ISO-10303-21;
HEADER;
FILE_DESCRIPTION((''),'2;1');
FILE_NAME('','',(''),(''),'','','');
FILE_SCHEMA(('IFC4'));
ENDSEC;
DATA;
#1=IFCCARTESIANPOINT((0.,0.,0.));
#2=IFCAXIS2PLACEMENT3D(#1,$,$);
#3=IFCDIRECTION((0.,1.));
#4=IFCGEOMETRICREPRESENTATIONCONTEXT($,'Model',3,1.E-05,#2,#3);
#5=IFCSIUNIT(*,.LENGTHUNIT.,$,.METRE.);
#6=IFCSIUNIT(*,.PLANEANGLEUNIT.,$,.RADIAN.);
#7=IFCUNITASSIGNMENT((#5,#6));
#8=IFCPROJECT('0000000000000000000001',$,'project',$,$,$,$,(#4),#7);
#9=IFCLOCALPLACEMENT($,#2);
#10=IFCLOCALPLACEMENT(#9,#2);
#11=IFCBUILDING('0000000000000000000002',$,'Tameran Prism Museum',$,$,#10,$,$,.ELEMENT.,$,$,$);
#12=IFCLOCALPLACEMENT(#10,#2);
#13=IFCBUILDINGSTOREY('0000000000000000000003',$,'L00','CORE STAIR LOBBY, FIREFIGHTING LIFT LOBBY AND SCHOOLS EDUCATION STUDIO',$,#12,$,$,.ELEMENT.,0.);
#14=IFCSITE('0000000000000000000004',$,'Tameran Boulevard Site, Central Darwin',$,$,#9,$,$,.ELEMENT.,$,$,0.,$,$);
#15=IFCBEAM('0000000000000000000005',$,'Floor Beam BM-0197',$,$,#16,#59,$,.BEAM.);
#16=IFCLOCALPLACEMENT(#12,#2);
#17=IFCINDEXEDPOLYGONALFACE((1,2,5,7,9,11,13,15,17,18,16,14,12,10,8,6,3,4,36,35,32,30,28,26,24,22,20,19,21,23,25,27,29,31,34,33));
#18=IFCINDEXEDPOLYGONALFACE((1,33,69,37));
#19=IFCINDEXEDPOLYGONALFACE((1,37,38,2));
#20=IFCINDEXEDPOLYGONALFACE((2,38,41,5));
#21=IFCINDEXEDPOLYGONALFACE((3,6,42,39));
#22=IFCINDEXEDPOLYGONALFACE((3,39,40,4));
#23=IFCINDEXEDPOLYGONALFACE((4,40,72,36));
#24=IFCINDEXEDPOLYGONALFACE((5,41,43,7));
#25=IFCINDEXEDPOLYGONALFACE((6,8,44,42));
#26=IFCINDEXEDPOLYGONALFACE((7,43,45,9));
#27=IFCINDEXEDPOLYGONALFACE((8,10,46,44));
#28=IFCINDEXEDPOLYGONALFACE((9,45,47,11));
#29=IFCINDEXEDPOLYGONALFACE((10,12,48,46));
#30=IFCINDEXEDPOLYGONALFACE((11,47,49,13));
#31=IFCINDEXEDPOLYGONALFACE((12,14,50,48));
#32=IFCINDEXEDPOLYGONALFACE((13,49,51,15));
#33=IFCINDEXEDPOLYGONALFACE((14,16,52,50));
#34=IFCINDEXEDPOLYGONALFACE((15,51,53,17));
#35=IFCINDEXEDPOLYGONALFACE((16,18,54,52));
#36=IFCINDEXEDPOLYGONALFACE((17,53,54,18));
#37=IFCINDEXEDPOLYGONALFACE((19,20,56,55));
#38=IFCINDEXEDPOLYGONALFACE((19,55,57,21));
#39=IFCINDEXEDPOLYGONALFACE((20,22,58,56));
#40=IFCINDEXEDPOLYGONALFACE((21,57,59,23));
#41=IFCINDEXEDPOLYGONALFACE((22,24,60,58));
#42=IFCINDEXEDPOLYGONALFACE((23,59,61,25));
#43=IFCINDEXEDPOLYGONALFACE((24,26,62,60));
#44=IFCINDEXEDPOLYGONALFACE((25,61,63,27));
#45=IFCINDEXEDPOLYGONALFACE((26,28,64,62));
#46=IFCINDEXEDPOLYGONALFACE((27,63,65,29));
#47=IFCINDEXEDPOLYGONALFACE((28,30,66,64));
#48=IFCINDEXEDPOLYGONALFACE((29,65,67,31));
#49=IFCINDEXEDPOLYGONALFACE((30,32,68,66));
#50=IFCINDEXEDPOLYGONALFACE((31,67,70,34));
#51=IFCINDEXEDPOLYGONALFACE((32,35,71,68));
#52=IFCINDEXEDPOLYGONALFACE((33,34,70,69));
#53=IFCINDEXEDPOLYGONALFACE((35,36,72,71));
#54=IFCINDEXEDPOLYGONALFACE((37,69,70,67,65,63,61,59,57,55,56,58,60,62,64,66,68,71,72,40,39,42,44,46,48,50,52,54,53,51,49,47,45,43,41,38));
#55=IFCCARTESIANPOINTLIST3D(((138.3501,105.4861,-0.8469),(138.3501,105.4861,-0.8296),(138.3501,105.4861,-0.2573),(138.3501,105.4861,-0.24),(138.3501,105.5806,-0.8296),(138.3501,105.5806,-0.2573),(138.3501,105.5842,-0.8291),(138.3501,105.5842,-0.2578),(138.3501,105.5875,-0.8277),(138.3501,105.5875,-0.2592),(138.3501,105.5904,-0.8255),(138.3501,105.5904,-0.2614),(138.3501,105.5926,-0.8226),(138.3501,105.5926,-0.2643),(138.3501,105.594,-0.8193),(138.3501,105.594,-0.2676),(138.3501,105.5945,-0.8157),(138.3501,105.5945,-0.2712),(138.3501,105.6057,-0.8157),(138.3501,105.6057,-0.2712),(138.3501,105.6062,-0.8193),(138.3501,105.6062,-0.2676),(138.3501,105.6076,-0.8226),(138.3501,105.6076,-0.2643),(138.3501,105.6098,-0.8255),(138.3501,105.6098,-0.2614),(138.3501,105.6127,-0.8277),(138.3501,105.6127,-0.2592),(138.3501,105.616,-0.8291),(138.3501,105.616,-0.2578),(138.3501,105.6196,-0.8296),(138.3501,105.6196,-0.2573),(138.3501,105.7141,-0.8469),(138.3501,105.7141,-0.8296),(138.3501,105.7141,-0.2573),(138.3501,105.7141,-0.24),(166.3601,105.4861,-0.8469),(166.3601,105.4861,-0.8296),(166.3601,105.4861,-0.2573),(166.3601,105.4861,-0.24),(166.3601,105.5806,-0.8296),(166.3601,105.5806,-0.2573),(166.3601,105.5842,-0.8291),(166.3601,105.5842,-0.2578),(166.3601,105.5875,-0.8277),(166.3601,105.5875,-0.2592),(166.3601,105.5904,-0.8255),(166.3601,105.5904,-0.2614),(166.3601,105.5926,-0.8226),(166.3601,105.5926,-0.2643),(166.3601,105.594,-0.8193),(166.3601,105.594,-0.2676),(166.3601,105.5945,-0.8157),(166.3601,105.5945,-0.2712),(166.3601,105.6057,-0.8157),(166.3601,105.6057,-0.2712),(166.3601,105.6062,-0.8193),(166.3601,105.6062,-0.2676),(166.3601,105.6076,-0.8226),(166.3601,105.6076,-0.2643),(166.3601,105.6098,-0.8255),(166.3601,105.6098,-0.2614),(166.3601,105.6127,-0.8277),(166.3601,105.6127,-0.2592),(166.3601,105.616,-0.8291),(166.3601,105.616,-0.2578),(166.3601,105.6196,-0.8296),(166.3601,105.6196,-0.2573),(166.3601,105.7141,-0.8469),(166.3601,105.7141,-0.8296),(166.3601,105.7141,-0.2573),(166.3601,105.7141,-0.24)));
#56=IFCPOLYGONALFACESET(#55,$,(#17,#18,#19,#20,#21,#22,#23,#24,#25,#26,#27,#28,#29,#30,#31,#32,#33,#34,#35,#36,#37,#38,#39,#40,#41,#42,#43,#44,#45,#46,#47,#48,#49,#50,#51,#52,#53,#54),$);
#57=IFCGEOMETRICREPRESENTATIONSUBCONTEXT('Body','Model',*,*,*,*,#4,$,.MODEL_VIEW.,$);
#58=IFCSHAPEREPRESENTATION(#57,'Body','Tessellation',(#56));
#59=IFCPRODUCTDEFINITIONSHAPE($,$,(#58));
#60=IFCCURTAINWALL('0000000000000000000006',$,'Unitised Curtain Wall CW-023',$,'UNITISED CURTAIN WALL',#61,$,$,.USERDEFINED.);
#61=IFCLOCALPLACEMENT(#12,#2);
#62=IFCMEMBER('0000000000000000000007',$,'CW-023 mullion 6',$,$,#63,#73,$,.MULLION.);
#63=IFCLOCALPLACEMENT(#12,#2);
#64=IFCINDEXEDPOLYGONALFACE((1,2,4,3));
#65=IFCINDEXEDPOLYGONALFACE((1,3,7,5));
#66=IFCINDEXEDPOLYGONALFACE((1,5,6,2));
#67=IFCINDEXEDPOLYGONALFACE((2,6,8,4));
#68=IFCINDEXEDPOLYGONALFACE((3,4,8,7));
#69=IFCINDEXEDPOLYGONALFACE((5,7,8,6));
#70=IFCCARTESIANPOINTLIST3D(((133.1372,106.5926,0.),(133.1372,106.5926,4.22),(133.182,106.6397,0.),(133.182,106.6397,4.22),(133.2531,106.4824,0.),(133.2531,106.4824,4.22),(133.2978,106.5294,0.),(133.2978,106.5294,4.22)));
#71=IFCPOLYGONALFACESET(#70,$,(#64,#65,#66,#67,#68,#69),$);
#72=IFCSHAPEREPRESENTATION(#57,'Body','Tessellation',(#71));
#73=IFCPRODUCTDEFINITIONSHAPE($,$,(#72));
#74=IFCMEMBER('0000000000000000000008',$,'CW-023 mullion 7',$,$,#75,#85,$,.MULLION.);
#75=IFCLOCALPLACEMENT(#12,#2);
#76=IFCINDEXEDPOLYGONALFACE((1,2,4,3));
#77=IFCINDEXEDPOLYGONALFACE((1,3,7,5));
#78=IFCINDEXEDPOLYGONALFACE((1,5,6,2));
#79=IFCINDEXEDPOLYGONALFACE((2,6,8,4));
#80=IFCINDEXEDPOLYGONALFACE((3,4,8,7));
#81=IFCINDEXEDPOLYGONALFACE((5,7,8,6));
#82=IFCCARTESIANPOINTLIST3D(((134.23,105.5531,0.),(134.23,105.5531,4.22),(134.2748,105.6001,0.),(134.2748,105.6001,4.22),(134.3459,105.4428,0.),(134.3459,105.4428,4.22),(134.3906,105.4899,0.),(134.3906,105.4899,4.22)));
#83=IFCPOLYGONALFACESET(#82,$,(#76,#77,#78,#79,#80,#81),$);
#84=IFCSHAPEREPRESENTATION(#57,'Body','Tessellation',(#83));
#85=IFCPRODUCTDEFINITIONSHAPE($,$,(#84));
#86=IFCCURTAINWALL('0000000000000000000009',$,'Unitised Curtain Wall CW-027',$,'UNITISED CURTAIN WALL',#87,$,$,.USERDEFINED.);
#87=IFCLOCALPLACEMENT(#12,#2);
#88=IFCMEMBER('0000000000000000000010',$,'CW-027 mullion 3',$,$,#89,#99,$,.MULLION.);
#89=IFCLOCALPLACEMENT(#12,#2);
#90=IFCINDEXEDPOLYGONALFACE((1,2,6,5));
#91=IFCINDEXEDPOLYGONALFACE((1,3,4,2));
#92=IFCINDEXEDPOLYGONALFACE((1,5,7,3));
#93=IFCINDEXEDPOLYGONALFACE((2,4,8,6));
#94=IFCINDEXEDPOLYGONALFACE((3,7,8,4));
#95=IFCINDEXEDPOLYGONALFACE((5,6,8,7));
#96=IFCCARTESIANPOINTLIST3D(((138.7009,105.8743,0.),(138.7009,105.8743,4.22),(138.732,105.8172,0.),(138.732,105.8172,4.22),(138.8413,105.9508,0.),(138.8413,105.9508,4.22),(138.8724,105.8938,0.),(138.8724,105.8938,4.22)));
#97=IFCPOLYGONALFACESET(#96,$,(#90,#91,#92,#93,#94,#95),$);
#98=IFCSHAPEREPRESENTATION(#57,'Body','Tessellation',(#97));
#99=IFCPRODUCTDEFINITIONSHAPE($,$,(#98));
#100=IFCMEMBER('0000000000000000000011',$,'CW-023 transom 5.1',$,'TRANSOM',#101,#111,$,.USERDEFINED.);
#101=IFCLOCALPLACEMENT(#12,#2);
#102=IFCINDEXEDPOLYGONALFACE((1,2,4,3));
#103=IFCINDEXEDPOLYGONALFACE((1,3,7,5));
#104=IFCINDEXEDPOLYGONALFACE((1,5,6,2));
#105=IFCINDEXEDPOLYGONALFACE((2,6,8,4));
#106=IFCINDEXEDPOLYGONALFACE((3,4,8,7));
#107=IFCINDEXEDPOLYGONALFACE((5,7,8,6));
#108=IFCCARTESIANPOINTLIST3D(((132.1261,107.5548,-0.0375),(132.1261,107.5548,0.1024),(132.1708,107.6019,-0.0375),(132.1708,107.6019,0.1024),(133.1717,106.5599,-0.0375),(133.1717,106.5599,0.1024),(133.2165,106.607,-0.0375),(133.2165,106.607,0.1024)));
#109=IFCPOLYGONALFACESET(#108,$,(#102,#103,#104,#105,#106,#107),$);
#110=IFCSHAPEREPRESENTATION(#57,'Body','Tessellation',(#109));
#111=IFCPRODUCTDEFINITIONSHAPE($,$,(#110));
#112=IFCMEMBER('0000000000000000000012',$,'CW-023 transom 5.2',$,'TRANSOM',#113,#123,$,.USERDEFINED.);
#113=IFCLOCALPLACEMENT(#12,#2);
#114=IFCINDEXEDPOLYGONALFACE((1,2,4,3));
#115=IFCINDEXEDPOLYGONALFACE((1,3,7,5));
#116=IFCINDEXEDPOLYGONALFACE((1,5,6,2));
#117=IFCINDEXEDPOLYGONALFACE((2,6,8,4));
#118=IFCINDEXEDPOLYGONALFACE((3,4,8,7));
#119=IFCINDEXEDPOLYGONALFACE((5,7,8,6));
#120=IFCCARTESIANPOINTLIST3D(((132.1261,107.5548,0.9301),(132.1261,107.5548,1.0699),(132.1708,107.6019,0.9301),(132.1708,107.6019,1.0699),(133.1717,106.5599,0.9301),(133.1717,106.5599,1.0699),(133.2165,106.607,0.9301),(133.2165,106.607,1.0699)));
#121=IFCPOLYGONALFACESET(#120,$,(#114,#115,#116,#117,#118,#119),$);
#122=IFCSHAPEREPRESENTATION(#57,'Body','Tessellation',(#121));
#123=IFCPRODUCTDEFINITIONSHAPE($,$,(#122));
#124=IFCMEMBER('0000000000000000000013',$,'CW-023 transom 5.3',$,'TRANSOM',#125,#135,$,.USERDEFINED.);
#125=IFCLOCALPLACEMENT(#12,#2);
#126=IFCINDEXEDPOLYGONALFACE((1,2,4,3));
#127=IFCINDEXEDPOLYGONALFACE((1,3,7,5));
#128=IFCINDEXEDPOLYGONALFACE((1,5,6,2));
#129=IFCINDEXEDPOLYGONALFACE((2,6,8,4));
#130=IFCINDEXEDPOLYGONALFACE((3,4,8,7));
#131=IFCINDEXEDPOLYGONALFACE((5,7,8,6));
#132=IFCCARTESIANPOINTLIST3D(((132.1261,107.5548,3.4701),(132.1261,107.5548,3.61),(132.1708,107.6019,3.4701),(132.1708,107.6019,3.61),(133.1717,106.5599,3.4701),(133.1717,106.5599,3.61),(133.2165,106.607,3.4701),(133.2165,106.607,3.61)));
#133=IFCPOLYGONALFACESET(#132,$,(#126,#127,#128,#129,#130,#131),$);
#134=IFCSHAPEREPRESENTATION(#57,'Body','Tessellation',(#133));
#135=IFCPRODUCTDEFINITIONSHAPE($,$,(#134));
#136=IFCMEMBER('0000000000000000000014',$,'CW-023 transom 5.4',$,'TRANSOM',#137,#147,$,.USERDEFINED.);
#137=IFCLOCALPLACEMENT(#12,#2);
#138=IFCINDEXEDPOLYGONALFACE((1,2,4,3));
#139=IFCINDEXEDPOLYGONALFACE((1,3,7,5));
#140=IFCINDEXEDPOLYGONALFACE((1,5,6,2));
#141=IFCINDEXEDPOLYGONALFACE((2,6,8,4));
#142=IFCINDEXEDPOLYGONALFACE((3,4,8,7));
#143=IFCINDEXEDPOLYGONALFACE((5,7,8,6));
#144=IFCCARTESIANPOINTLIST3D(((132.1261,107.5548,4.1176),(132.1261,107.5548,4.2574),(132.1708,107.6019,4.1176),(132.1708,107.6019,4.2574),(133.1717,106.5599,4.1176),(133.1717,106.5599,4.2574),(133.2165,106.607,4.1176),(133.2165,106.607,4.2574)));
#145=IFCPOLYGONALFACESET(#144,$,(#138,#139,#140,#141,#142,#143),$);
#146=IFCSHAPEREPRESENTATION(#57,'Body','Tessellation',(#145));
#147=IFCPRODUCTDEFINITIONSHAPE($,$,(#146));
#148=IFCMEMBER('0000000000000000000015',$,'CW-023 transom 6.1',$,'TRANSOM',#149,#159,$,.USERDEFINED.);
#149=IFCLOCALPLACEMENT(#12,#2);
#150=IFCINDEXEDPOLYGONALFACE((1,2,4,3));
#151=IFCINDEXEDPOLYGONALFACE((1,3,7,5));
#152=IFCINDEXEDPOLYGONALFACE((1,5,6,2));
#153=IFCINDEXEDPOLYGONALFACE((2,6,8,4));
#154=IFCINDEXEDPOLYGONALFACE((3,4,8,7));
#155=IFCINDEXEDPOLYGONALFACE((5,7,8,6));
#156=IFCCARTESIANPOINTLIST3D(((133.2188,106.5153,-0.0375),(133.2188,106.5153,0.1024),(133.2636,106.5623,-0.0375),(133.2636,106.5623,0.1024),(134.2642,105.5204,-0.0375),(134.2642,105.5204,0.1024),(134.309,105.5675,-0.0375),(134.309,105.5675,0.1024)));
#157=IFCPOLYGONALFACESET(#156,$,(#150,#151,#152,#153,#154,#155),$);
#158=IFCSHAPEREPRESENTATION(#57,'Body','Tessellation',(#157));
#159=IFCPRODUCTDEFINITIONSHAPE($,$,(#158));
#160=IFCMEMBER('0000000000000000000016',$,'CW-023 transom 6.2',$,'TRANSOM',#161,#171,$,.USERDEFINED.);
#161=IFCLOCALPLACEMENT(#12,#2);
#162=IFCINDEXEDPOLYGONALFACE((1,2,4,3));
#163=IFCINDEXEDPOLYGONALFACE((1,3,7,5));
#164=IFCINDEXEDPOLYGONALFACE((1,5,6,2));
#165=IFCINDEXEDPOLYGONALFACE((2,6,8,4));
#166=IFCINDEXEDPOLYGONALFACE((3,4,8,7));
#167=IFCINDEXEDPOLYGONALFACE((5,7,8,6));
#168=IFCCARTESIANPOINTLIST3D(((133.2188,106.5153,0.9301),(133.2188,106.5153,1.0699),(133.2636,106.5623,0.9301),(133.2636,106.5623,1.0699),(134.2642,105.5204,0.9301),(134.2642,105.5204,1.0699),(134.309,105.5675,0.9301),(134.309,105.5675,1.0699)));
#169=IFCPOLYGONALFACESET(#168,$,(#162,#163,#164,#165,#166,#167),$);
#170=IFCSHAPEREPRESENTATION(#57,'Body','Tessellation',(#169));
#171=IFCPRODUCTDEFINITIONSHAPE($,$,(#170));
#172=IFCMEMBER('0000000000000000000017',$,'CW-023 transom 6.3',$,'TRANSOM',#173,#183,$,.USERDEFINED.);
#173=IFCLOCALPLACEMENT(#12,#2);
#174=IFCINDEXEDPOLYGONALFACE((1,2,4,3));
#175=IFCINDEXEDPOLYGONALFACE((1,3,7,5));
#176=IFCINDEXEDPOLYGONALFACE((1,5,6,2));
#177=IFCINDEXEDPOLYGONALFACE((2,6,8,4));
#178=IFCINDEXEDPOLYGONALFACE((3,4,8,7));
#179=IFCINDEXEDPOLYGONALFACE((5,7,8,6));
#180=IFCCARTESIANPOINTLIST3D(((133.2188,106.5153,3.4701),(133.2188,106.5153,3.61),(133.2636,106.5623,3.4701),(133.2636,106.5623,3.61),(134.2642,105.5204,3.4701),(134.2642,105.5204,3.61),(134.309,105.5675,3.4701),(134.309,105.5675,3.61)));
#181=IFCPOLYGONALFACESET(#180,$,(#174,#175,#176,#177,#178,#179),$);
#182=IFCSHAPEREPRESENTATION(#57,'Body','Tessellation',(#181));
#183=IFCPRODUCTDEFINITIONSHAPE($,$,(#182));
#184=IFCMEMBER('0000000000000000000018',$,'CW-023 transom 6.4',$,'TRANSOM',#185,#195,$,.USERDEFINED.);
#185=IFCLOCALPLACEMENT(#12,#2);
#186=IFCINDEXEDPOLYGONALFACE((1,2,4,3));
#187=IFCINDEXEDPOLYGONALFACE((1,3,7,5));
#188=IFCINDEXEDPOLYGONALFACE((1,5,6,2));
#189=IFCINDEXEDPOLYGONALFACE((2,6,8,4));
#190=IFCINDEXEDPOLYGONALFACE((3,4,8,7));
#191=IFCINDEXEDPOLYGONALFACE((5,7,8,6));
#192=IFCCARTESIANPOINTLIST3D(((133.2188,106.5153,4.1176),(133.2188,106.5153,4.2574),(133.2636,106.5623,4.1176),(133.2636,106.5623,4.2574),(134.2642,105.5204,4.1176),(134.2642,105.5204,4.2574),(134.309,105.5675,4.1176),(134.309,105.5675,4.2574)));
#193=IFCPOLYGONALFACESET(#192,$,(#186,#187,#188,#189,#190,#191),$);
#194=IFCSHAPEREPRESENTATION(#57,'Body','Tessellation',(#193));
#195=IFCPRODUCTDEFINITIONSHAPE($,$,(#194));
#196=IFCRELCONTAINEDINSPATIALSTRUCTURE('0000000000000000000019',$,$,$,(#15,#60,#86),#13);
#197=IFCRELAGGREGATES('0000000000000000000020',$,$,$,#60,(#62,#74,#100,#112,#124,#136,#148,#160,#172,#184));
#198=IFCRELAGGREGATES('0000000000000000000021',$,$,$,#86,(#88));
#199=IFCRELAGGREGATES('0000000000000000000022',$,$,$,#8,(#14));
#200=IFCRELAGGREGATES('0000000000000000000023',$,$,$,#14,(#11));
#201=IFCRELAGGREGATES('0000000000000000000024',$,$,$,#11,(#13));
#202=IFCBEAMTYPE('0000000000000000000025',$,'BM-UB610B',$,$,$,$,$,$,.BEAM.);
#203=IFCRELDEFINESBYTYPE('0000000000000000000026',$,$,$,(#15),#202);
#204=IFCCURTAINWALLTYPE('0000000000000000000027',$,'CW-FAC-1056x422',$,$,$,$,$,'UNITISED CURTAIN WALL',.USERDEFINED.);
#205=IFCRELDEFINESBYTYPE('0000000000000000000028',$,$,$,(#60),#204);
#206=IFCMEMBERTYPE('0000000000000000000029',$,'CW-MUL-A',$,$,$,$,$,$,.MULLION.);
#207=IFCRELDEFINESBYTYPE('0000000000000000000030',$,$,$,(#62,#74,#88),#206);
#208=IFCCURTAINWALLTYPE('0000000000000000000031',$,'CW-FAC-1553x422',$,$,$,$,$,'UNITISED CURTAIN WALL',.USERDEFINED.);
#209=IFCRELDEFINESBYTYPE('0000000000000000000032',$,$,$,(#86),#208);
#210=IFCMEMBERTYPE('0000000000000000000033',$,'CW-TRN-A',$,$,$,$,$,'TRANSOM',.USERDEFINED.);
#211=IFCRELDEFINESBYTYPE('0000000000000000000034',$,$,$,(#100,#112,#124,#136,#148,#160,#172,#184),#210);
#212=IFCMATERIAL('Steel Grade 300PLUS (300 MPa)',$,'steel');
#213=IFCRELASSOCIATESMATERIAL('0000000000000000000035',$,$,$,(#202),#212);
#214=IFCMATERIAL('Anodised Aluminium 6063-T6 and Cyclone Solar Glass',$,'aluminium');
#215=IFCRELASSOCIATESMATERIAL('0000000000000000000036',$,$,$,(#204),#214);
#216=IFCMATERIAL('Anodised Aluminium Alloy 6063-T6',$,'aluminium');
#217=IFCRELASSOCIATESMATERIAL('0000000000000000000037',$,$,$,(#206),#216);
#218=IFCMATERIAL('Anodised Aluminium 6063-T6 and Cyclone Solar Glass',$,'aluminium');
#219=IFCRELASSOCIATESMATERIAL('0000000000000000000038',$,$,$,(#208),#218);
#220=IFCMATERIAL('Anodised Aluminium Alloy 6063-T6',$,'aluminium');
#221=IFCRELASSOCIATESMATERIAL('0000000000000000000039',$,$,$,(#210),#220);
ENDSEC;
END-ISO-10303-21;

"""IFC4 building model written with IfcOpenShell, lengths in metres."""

from ifc_helpers import new_model, si_unit, direction, frame, origin, origin_2d, place, context, subcontext, project, spatial, rectangle, i_section, extrude, material, material_profile, profile_set, type_object, element, aggregate, save


model = new_model("IFC4")

# Units and contexts
model_context = context("Model", 3, precision=1e-05, world=origin(), true_north=direction((0.0, 1.0)))
body_context = subcontext(model_context, "Body", "Model", "MODEL_VIEW")
ifc_project = project(units=[si_unit("LENGTHUNIT", "METRE"), si_unit("PLANEANGLEUNIT", "RADIAN")], contexts=[model_context])

# Site, building, storey
site_placement = place(None, origin())
site = spatial("IfcSite", under=ifc_project, at=site_placement, Name="Tameran Boulevard Site, Central Darwin", CompositionType="ELEMENT", RefElevation=0.0)
building_placement = place(site_placement, origin())
building = spatial("IfcBuilding", under=site, at=building_placement, Name="Tameran Prism Museum", CompositionType="ELEMENT")
storey_placement = place(building_placement, origin())
storey = spatial("IfcBuildingStorey", under=building, at=storey_placement, Name="L00", Description="CORE STAIR LOBBY, FIREFIGHTING LIFT LOBBY AND SCHOOLS EDUCATION STUDIO", CompositionType="ELEMENT", Elevation=0.0)

# Beam
ifc_material_1 = material(Name="Steel Grade 300PLUS (300 MPa)", Category="steel")
ifc_material_profile_1 = material_profile(ifc_material_1, i_section(OverallWidth=0.228, OverallDepth=0.6069, WebThickness=0.0112, FlangeThickness=0.0173, FilletRadius=0.0139, at=origin_2d()))
ifc_profile_set_1 = profile_set([ifc_material_profile_1])
beam_type = type_object("IfcBeamType", Name="BM-UB610B", PredefinedType="BEAM", material=ifc_profile_set_1)
beam_placement = place(storey_placement, frame((138.3501, 105.6001, -0.5435), z_axis=(1.0, 0.0, 0.0), x_axis=(0.0, 1.0, 0.0)))
element("IfcBeam", 1, at=beam_placement, inside=storey, type_object=beam_type, Name="Floor Beam BM-0197", PredefinedType="BEAM", context=body_context, shape_type="SweptSolid", body=[
    extrude(i_section(OverallWidth=0.228, OverallDepth=0.6069, WebThickness=0.0112, FlangeThickness=0.0173, FilletRadius=0.0139, at=origin_2d()), origin(), (0.0, 0.0, 1.0), 28.01),
])

# Curtain wall, members
ifc_material_2 = material(Name="Anodised Aluminium 6063-T6 and Cyclone Solar Glass", Category="aluminium")
curtain_wall_type_1 = type_object("IfcCurtainWallType", Name="CW-FAC-1056x422", ElementType="UNITISED CURTAIN WALL", PredefinedType="USERDEFINED", material=ifc_material_2)
curtain_wall_1_placement = place(storey_placement, origin())
curtain_wall_1 = element("IfcCurtainWall", 2, at=curtain_wall_1_placement, inside=storey, type_object=curtain_wall_type_1, Name="Unitised Curtain Wall CW-023", ObjectType="UNITISED CURTAIN WALL", PredefinedType="USERDEFINED")
ifc_material_3 = material(Name="Anodised Aluminium Alloy 6063-T6", Category="aluminium")
ifc_material_profile_2 = material_profile(ifc_material_3, rectangle(XDim=0.0649, YDim=0.1599, at=origin_2d()))
ifc_profile_set_2 = profile_set([ifc_material_profile_2])
member_type_1 = type_object("IfcMemberType", Name="CW-MUL-A", PredefinedType="MULLION", material=ifc_profile_set_2)
member_1_placement = place(storey_placement, frame((133.2175, 106.561, 0.0), z_axis=(0.0, 0.0, 1.0), x_axis=(0.68927, 0.724505, 0.0)))
member_1 = element("IfcMember", 3, at=member_1_placement, type_object=member_type_1, Name="CW-023 mullion 6", PredefinedType="MULLION", context=body_context, shape_type="SweptSolid", body=[
    extrude(rectangle(XDim=0.0649, YDim=0.1599, at=origin_2d()), origin(), (0.0, 0.0, 1.0), 4.22),
])
member_2_placement = place(storey_placement, frame((134.3103, 105.5215, 0.0), z_axis=(0.0, 0.0, 1.0), x_axis=(0.68927, 0.724505, 0.0)))
member_2 = element("IfcMember", 4, at=member_2_placement, type_object=member_type_1, Name="CW-023 mullion 7", PredefinedType="MULLION", context=body_context, shape_type="SweptSolid", body=[
    extrude(rectangle(XDim=0.0649, YDim=0.1599, at=origin_2d()), origin(), (0.0, 0.0, 1.0), 4.22),
])

# Curtain wall, member
ifc_material_4 = material(Name="Anodised Aluminium 6063-T6 and Cyclone Solar Glass", Category="aluminium")
curtain_wall_type_2 = type_object("IfcCurtainWallType", Name="CW-FAC-1553x422", ElementType="UNITISED CURTAIN WALL", PredefinedType="USERDEFINED", material=ifc_material_4)
curtain_wall_2_placement = place(storey_placement, origin())
curtain_wall_2 = element("IfcCurtainWall", 5, at=curtain_wall_2_placement, inside=storey, type_object=curtain_wall_type_2, Name="Unitised Curtain Wall CW-027", ObjectType="UNITISED CURTAIN WALL", PredefinedType="USERDEFINED")
member_3_placement = place(storey_placement, frame((138.7866, 105.884, 0.0), z_axis=(0.0, 0.0, 1.0), x_axis=(-0.478793, 0.877928, 0.0)))
member_3 = element("IfcMember", 6, at=member_3_placement, type_object=member_type_1, Name="CW-027 mullion 3", PredefinedType="MULLION", context=body_context, shape_type="SweptSolid", body=[
    extrude(rectangle(XDim=0.0649, YDim=0.1599, at=origin_2d()), origin(), (0.0, 0.0, 1.0), 4.22),
])

# Members
ifc_material_5 = material(Name="Anodised Aluminium Alloy 6063-T6", Category="aluminium")
ifc_material_profile_3 = material_profile(ifc_material_5, rectangle(XDim=0.0649, YDim=0.1399, at=origin_2d()))
ifc_profile_set_3 = profile_set([ifc_material_profile_3])
member_type_2 = type_object("IfcMemberType", Name="CW-TRN-A", ElementType="TRANSOM", PredefinedType="USERDEFINED", material=ifc_profile_set_3)
member_4_placement = place(storey_placement, frame((132.1484, 107.5784, 0.0325), z_axis=(0.72448, -0.689296, 0.0), x_axis=(0.689296, 0.72448, 0.0)))
member_4 = element("IfcMember", 7, at=member_4_placement, type_object=member_type_2, Name="CW-023 transom 5.1", ObjectType="TRANSOM", PredefinedType="USERDEFINED", context=body_context, shape_type="SweptSolid", body=[
    extrude(rectangle(XDim=0.0649, YDim=0.1399, at=origin_2d()), origin(), (0.0, 0.0, 1.0), 1.4434),
])
member_5_placement = place(storey_placement, frame((132.1484, 107.5784, 1.0), z_axis=(0.72448, -0.689296, 0.0), x_axis=(0.689296, 0.72448, 0.0)))
member_5 = element("IfcMember", 8, at=member_5_placement, type_object=member_type_2, Name="CW-023 transom 5.2", ObjectType="TRANSOM", PredefinedType="USERDEFINED", context=body_context, shape_type="SweptSolid", body=[
    extrude(rectangle(XDim=0.0649, YDim=0.1399, at=origin_2d()), origin(), (0.0, 0.0, 1.0), 1.4434),
])
member_6_placement = place(storey_placement, frame((132.1484, 107.5784, 3.54), z_axis=(0.72448, -0.689296, 0.0), x_axis=(0.689296, 0.72448, 0.0)))
member_6 = element("IfcMember", 9, at=member_6_placement, type_object=member_type_2, Name="CW-023 transom 5.3", ObjectType="TRANSOM", PredefinedType="USERDEFINED", context=body_context, shape_type="SweptSolid", body=[
    extrude(rectangle(XDim=0.0649, YDim=0.1399, at=origin_2d()), origin(), (0.0, 0.0, 1.0), 1.4434),
])
member_7_placement = place(storey_placement, frame((132.1484, 107.5784, 4.1875), z_axis=(0.72448, -0.689296, 0.0), x_axis=(0.689296, 0.72448, 0.0)))
member_7 = element("IfcMember", 10, at=member_7_placement, type_object=member_type_2, Name="CW-023 transom 5.4", ObjectType="TRANSOM", PredefinedType="USERDEFINED", context=body_context, shape_type="SweptSolid", body=[
    extrude(rectangle(XDim=0.0649, YDim=0.1399, at=origin_2d()), origin(), (0.0, 0.0, 1.0), 1.4434),
])
member_8_placement = place(storey_placement, frame((133.2412, 106.5388, 0.0325), z_axis=(0.724399, -0.689381, 0.0), x_axis=(0.689381, 0.724399, 0.0)))
member_8 = element("IfcMember", 11, at=member_8_placement, type_object=member_type_2, Name="CW-023 transom 6.1", ObjectType="TRANSOM", PredefinedType="USERDEFINED", context=body_context, shape_type="SweptSolid", body=[
    extrude(rectangle(XDim=0.0649, YDim=0.1399, at=origin_2d()), origin(), (0.0, 0.0, 1.0), 1.4431),
])
member_9_placement = place(storey_placement, frame((133.2412, 106.5388, 1.0), z_axis=(0.724399, -0.689381, 0.0), x_axis=(0.689381, 0.724399, 0.0)))
member_9 = element("IfcMember", 12, at=member_9_placement, type_object=member_type_2, Name="CW-023 transom 6.2", ObjectType="TRANSOM", PredefinedType="USERDEFINED", context=body_context, shape_type="SweptSolid", body=[
    extrude(rectangle(XDim=0.0649, YDim=0.1399, at=origin_2d()), origin(), (0.0, 0.0, 1.0), 1.4431),
])
member_10_placement = place(storey_placement, frame((133.2412, 106.5388, 3.54), z_axis=(0.724399, -0.689381, 0.0), x_axis=(0.689381, 0.724399, 0.0)))
member_10 = element("IfcMember", 13, at=member_10_placement, type_object=member_type_2, Name="CW-023 transom 6.3", ObjectType="TRANSOM", PredefinedType="USERDEFINED", context=body_context, shape_type="SweptSolid", body=[
    extrude(rectangle(XDim=0.0649, YDim=0.1399, at=origin_2d()), origin(), (0.0, 0.0, 1.0), 1.4431),
])
member_11_placement = place(storey_placement, frame((133.2412, 106.5388, 4.1875), z_axis=(0.724399, -0.689381, 0.0), x_axis=(0.689381, 0.724399, 0.0)))
member_11 = element("IfcMember", 14, at=member_11_placement, type_object=member_type_2, Name="CW-023 transom 6.4", ObjectType="TRANSOM", PredefinedType="USERDEFINED", context=body_context, shape_type="SweptSolid", body=[
    extrude(rectangle(XDim=0.0649, YDim=0.1399, at=origin_2d()), origin(), (0.0, 0.0, 1.0), 1.4431),
])

aggregate(curtain_wall_1, [member_1, member_2, member_4, member_5, member_6, member_7, member_8, member_9, member_10, member_11])
aggregate(curtain_wall_2, [member_3])

save(model, "model.ifc")
